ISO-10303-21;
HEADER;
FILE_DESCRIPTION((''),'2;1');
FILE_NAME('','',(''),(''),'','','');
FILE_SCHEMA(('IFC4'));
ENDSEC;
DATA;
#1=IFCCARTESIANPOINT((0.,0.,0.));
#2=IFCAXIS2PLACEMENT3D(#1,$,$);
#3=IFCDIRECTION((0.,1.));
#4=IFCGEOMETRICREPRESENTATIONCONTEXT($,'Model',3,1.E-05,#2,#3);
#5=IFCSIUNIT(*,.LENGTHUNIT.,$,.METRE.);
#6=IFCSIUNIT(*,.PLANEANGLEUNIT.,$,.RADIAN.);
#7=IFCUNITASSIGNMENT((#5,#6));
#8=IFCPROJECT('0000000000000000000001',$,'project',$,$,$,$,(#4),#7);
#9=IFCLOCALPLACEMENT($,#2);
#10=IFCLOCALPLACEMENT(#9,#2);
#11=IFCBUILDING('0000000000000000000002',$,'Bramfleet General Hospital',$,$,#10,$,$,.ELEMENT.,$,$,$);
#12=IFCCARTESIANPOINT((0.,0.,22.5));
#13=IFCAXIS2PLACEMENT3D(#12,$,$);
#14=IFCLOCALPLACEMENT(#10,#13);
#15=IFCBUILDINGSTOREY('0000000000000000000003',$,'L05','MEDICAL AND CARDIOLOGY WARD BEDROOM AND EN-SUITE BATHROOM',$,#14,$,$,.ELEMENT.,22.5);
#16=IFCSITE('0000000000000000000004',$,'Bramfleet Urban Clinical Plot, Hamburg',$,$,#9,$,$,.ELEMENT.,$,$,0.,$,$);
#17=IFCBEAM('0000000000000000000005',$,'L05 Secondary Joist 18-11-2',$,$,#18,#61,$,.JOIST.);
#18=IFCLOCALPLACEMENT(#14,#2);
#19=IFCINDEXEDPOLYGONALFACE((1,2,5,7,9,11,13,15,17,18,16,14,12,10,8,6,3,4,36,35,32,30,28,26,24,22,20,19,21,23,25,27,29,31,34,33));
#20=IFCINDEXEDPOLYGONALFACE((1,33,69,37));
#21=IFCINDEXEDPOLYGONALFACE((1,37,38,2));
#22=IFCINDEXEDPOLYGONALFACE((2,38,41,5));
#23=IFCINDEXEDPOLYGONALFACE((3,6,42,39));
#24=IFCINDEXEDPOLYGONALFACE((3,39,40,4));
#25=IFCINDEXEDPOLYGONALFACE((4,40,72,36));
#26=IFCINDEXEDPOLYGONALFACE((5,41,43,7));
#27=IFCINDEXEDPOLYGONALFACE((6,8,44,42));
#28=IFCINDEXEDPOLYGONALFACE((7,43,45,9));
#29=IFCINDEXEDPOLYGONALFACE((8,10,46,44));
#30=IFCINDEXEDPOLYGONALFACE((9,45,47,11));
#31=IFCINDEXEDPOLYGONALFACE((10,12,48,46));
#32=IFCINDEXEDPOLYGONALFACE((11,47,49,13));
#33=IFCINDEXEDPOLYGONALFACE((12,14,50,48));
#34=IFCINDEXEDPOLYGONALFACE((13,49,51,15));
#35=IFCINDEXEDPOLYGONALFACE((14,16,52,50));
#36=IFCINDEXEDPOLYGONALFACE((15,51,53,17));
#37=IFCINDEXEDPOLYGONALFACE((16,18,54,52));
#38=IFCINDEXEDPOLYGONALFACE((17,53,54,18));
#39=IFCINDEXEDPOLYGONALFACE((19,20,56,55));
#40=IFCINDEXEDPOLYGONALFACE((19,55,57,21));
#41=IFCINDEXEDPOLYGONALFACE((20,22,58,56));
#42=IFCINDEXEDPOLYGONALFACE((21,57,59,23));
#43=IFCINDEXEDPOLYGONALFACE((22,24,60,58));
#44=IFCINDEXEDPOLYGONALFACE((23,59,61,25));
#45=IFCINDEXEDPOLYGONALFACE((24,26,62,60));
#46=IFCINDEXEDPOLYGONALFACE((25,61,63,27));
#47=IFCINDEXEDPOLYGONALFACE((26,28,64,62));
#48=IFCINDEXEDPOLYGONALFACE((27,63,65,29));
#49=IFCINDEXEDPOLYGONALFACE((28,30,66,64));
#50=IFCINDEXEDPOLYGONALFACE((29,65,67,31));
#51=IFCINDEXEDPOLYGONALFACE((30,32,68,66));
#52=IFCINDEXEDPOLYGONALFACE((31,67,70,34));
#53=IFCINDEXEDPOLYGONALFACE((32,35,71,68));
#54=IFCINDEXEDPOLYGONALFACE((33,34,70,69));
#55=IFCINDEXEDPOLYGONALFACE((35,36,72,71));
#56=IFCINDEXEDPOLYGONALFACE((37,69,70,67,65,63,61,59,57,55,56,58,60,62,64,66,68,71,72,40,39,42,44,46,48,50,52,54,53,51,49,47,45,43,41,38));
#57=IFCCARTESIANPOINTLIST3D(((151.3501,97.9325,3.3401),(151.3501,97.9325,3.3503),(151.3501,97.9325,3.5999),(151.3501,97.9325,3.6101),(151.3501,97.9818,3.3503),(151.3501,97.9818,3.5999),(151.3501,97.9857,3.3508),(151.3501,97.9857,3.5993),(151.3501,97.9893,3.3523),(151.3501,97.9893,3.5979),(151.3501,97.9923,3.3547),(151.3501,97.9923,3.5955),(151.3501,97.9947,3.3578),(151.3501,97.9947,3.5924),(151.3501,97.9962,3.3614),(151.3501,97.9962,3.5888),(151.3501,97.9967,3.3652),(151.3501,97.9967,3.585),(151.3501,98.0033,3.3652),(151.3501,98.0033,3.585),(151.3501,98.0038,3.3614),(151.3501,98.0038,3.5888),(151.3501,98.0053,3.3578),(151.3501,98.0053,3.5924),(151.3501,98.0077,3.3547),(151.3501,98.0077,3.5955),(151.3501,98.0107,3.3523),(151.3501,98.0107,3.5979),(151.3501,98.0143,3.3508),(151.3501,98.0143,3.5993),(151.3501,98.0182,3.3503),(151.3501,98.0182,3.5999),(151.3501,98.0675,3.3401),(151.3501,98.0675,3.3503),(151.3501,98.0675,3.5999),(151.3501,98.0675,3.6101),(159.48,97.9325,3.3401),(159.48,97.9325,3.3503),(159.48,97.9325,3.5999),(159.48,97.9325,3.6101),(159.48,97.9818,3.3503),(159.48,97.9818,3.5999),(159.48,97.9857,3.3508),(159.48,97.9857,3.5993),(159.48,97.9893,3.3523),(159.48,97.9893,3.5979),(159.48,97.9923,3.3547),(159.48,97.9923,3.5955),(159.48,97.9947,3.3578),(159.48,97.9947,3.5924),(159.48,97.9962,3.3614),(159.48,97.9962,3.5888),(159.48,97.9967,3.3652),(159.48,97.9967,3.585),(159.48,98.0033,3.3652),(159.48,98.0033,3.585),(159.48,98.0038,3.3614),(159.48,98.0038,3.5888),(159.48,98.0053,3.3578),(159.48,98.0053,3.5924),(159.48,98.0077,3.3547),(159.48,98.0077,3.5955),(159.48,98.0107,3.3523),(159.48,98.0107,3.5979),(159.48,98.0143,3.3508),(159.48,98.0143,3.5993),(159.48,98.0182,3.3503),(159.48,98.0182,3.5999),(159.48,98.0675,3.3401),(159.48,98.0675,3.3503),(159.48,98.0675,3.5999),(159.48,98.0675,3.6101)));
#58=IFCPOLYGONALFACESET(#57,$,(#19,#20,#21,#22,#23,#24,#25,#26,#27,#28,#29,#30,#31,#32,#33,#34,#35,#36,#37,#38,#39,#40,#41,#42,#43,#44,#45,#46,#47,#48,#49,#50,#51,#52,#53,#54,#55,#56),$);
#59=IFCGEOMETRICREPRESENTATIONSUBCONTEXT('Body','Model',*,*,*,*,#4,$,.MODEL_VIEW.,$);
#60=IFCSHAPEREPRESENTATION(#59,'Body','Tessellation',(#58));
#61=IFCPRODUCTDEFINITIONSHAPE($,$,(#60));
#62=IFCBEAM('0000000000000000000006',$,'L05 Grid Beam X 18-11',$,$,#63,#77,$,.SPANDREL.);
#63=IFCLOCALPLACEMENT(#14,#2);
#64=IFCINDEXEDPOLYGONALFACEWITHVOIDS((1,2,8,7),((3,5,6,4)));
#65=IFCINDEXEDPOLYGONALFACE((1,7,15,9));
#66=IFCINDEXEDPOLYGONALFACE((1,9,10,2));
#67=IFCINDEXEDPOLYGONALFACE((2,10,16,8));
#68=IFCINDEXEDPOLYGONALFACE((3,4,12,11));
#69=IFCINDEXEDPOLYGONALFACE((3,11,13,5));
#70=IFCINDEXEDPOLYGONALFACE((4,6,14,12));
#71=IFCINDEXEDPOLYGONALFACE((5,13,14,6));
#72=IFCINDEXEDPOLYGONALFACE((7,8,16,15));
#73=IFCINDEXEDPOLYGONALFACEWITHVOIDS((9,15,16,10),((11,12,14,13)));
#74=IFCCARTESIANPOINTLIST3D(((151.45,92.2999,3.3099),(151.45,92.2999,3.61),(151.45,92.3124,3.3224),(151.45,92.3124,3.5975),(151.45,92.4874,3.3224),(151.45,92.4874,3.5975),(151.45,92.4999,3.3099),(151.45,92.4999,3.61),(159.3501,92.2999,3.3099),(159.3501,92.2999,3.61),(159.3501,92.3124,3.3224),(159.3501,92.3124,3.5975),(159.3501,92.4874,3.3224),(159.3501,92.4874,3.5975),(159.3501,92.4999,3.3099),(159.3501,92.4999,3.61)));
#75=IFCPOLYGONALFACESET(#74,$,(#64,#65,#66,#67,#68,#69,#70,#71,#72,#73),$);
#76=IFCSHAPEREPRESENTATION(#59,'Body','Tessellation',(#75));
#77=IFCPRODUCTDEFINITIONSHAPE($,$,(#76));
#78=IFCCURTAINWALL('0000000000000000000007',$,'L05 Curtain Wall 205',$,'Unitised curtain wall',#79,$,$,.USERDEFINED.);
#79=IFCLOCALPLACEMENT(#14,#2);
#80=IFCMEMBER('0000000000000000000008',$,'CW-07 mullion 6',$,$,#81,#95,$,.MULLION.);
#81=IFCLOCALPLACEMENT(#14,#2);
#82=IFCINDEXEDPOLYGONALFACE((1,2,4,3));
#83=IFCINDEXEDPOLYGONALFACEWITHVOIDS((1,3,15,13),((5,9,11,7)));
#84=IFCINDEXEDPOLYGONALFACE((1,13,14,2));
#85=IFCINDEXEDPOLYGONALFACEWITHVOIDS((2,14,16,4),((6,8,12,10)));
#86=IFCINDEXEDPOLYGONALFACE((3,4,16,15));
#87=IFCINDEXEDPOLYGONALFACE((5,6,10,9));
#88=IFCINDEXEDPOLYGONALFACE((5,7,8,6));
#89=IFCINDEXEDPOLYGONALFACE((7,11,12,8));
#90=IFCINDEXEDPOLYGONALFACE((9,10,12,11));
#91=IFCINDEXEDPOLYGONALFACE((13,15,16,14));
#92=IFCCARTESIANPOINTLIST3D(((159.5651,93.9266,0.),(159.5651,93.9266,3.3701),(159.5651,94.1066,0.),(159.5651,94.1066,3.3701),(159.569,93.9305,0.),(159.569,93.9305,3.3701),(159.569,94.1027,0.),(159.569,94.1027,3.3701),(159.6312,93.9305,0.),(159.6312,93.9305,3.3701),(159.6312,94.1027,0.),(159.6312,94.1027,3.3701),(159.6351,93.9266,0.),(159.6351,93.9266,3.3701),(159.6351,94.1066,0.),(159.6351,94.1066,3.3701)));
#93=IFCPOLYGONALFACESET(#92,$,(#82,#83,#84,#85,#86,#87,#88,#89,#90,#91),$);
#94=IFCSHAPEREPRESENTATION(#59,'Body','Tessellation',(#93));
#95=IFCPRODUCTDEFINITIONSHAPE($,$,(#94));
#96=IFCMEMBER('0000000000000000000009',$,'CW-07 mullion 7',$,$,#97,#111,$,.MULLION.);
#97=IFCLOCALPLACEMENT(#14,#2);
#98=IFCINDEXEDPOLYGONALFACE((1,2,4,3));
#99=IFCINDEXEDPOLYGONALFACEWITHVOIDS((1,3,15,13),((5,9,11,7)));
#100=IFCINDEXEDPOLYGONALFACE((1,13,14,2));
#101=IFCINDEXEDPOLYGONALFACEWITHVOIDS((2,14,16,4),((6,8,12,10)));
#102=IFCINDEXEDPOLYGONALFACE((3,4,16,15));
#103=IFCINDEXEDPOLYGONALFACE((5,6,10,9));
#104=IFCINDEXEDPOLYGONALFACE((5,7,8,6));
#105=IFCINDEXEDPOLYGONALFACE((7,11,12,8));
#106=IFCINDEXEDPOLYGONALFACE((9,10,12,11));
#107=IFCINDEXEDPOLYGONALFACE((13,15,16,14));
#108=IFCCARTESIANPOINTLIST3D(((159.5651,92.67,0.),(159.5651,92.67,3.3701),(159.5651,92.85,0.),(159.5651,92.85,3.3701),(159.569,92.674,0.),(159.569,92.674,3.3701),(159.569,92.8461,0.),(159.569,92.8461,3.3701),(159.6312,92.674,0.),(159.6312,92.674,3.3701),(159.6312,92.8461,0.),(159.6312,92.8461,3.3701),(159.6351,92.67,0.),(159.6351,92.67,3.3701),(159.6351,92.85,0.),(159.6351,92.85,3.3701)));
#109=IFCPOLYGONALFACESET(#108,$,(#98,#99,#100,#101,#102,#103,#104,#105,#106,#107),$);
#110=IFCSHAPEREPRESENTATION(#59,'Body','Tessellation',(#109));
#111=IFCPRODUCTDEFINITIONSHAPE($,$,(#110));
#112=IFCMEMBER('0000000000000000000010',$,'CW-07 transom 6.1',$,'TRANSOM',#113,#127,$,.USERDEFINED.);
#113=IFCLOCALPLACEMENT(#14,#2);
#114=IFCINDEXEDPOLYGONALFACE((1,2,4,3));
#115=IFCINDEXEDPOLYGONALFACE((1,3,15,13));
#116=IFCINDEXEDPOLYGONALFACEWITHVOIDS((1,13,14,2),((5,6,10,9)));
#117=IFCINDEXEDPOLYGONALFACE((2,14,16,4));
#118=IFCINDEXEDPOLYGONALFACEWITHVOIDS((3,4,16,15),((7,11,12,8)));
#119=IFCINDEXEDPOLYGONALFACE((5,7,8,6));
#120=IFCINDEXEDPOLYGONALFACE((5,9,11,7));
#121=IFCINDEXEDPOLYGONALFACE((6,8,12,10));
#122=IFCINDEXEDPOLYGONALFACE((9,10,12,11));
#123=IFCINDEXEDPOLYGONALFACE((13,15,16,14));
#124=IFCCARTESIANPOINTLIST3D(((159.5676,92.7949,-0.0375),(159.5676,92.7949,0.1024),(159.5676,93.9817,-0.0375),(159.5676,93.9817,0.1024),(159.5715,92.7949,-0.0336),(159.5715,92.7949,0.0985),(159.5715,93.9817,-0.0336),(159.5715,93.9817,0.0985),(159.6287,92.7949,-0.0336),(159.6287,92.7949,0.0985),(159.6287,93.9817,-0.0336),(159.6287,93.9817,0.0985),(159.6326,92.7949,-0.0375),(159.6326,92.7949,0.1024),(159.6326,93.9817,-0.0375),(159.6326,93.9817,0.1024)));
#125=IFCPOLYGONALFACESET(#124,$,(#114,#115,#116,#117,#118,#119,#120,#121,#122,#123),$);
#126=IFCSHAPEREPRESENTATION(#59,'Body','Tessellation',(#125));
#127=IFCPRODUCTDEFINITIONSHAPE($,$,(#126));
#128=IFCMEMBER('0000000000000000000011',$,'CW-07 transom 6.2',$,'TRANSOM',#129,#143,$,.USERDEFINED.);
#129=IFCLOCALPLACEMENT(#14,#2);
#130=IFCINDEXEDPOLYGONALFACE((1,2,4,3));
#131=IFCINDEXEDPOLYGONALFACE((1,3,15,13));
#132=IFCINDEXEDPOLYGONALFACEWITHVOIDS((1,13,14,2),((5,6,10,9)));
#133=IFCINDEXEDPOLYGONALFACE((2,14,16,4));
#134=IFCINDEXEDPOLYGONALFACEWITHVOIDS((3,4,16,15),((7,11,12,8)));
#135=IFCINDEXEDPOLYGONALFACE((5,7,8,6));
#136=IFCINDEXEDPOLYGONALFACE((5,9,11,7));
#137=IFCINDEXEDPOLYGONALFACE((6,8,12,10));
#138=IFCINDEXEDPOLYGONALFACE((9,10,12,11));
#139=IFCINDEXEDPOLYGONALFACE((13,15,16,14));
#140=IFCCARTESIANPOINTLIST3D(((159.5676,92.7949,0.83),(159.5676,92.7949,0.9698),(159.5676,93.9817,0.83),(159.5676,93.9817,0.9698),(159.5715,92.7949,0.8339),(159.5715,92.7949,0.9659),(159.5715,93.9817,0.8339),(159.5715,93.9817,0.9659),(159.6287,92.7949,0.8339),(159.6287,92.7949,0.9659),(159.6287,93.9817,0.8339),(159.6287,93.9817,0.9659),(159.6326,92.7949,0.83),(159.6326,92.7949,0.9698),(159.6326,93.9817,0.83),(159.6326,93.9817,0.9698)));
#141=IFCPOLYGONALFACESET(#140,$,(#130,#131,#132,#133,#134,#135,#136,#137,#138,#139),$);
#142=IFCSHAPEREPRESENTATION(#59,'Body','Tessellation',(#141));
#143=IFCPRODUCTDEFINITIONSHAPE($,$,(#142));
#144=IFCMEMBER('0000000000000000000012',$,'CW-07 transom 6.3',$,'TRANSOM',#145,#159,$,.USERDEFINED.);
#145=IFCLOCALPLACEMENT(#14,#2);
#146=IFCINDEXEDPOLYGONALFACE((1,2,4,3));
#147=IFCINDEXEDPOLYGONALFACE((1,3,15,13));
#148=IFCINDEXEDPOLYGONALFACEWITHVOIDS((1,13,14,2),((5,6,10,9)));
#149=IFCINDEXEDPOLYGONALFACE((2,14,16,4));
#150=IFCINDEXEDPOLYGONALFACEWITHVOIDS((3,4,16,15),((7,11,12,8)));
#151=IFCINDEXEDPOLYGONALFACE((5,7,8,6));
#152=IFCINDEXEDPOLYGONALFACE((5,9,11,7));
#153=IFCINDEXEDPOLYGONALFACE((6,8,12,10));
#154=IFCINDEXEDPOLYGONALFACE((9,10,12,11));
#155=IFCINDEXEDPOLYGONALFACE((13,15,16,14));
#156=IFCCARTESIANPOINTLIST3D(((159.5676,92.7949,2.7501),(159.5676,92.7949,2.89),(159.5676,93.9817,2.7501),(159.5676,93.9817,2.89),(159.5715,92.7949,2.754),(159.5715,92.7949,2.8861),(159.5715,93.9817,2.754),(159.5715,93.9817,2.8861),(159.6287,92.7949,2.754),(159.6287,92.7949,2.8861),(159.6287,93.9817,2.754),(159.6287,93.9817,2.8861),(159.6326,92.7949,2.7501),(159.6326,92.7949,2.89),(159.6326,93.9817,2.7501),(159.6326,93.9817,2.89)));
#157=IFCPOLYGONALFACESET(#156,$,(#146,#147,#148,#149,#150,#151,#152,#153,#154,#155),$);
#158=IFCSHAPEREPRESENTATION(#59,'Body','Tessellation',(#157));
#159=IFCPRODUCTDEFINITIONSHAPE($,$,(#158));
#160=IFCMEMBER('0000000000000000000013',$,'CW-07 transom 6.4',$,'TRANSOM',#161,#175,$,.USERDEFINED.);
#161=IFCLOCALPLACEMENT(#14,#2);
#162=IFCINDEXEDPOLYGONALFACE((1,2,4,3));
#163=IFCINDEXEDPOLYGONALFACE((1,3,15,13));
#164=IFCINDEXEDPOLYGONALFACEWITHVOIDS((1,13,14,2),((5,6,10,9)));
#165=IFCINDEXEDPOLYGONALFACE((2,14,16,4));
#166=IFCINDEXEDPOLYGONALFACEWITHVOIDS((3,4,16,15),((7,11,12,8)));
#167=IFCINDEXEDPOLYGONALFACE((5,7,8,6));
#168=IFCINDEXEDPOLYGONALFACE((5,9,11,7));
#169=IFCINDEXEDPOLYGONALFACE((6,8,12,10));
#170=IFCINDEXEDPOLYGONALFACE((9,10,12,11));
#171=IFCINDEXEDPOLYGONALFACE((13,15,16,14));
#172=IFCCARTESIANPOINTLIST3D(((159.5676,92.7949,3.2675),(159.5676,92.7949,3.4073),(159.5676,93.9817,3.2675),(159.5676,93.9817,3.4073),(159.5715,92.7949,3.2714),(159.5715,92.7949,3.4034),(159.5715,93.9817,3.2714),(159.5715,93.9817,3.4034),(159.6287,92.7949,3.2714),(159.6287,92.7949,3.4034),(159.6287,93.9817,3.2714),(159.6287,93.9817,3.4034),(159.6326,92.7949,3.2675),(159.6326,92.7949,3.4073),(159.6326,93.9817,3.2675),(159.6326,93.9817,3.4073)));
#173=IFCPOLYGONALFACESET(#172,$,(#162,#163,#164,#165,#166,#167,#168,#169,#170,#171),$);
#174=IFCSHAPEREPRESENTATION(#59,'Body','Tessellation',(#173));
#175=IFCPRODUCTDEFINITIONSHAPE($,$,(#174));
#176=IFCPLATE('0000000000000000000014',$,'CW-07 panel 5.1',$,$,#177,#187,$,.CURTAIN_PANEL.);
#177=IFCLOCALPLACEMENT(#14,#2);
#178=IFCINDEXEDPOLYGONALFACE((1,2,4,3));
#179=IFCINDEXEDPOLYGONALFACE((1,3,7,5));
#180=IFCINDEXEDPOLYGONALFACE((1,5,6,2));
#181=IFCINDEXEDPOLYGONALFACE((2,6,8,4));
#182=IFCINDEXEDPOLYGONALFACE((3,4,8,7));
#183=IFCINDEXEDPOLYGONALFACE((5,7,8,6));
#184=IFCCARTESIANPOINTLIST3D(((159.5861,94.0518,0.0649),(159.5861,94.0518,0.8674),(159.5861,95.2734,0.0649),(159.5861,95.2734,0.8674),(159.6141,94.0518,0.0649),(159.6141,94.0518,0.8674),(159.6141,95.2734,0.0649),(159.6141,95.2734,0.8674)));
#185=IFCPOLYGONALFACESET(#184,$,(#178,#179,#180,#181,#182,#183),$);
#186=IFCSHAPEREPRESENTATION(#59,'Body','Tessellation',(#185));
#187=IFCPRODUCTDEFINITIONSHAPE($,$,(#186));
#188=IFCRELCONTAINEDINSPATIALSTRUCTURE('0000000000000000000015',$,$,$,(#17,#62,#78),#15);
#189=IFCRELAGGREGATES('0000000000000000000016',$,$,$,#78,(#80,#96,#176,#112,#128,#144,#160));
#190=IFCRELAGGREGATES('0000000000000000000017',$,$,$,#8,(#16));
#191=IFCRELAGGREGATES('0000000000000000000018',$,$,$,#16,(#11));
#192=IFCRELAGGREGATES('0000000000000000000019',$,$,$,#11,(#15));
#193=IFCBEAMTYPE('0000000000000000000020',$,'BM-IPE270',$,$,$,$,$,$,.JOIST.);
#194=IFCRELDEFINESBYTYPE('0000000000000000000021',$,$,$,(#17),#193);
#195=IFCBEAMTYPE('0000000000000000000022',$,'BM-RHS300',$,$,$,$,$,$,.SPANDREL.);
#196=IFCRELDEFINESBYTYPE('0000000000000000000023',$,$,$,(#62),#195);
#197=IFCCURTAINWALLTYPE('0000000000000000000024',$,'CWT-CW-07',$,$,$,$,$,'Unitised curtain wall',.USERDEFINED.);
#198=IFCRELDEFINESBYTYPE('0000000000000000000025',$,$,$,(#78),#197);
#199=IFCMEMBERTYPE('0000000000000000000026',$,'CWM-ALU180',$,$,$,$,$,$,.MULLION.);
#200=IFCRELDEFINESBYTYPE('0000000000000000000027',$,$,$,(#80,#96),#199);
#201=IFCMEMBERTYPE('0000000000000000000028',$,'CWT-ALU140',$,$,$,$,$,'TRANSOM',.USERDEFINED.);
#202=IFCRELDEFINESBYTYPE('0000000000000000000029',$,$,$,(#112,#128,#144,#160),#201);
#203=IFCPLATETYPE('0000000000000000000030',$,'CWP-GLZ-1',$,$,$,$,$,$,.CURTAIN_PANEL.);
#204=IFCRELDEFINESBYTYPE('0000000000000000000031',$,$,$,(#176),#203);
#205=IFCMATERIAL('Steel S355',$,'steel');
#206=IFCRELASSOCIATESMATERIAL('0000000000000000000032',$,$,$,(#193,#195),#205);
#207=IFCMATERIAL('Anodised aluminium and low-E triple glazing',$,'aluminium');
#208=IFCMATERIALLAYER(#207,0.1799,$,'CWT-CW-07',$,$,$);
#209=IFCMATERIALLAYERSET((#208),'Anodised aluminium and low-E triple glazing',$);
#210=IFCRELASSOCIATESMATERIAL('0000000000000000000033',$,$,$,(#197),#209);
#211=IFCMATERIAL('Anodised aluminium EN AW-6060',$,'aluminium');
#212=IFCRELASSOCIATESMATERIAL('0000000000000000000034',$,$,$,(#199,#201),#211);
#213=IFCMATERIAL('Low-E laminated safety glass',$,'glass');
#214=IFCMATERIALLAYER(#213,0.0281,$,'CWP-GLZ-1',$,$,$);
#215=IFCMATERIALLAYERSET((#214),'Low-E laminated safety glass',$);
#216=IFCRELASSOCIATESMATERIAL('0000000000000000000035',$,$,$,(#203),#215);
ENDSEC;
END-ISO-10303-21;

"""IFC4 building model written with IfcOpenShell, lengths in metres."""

from ifc_helpers import new_model, si_unit, direction, frame, origin, origin_2d, place, context, subcontext, project, spatial, rectangle, hollow_rectangle, i_section, extrude, material, layer, layer_set, material_profile, profile_set, type_object, element, aggregate, save


model = new_model("IFC4")

# Units and contexts
model_context = context("Model", 3, precision=1e-05, world=origin(), true_north=direction((0.0, 1.0)))
body_context = subcontext(model_context, "Body", "Model", "MODEL_VIEW")
ifc_project = project(units=[si_unit("LENGTHUNIT", "METRE"), si_unit("PLANEANGLEUNIT", "RADIAN")], contexts=[model_context])

# Site, building, storey
site_placement = place(None, origin())
site = spatial("IfcSite", under=ifc_project, at=site_placement, Name="Bramfleet Urban Clinical Plot, Hamburg", CompositionType="ELEMENT", RefElevation=0.0)
building_placement = place(site_placement, origin())
building = spatial("IfcBuilding", under=site, at=building_placement, Name="Bramfleet General Hospital", CompositionType="ELEMENT")
storey_placement = place(building_placement, frame((0.0, 0.0, 22.5)))
storey = spatial("IfcBuildingStorey", under=building, at=storey_placement, Name="L05", Description="MEDICAL AND CARDIOLOGY WARD BEDROOM AND EN-SUITE BATHROOM", CompositionType="ELEMENT", Elevation=22.5)

# Beams
ifc_material_1 = material(Name="Steel S355", Category="steel")
ifc_material_profile_1 = material_profile(ifc_material_1, i_section(OverallWidth=0.135, OverallDepth=0.27, WebThickness=0.0066, FlangeThickness=0.0103, FilletRadius=0.0149, at=origin_2d()), Name="IPE 270")
ifc_profile_set_1 = profile_set([ifc_material_profile_1], Name="Steel S355")
beam_type_1 = type_object("IfcBeamType", Name="BM-IPE270", PredefinedType="JOIST", material=ifc_profile_set_1)
for number, where, z_axis, x_axis, name in (
    (1, (151.3501, 98.0, 3.4751), (1.0, 0.0, 0.0), (0.0, 1.0, 0.0), "L05 Secondary Joist 18-11-2"),
):
    element("IfcBeam", number, at=place(storey_placement, frame(where, z_axis=z_axis, x_axis=x_axis)), inside=storey, type_object=beam_type_1, Name=name, PredefinedType="JOIST", context=body_context, shape_type="SweptSolid", body=[
        extrude(i_section(OverallWidth=0.135, OverallDepth=0.27, WebThickness=0.0066, FlangeThickness=0.0103, FilletRadius=0.0149, at=origin_2d()), origin(), (0.0, 0.0, 1.0), 8.1299),
    ])
ifc_material_profile_2 = material_profile(ifc_material_1, hollow_rectangle(XDim=0.2, YDim=0.3, WallThickness=0.0125, at=origin_2d()), Name="RHS 300x200x12.5")
ifc_profile_set_2 = profile_set([ifc_material_profile_2], Name="Steel S355")
beam_type_2 = type_object("IfcBeamType", Name="BM-RHS300", PredefinedType="SPANDREL", material=ifc_profile_set_2)
beam_1_placement = place(storey_placement, frame((151.45, 92.3999, 3.46), z_axis=(1.0, 0.0, 0.0), x_axis=(0.0, 1.0, 0.0)))
element("IfcBeam", 2, at=beam_1_placement, inside=storey, type_object=beam_type_2, Name="L05 Grid Beam X 18-11", PredefinedType="SPANDREL", context=body_context, shape_type="SweptSolid", body=[
    extrude(hollow_rectangle(XDim=0.2, YDim=0.3, WallThickness=0.0125, at=origin_2d()), origin(), (0.0, 0.0, 1.0), 7.9001),
])

# Curtain wall, members, plate
ifc_material_2 = material(Name="Anodised aluminium and low-E triple glazing", Category="aluminium")
ifc_layer_1 = layer(ifc_material_2, 0.1799, Name="CWT-CW-07")
ifc_layer_set_1 = layer_set([ifc_layer_1], Name="Anodised aluminium and low-E triple glazing")
curtain_wall_type = type_object("IfcCurtainWallType", Name="CWT-CW-07", ElementType="Unitised curtain wall", PredefinedType="USERDEFINED", material=ifc_layer_set_1)
curtain_wall_placement = place(storey_placement, origin())
curtain_wall = element("IfcCurtainWall", 3, at=curtain_wall_placement, inside=storey, type_object=curtain_wall_type, Name="L05 Curtain Wall 205", ObjectType="Unitised curtain wall", PredefinedType="USERDEFINED")
ifc_material_3 = material(Name="Anodised aluminium EN AW-6060", Category="aluminium")
ifc_material_profile_3 = material_profile(ifc_material_3, hollow_rectangle(XDim=0.0701, YDim=0.1799, WallThickness=0.0039, at=origin_2d()), Name="ALU 180x70x4.0")
ifc_profile_set_3 = profile_set([ifc_material_profile_3], Name="Anodised aluminium EN AW-6060")
member_type_1 = type_object("IfcMemberType", Name="CWM-ALU180", PredefinedType="MULLION", material=ifc_profile_set_3)
member_1_placement = place(storey_placement, frame((159.6001, 94.0166, 0.0), z_axis=(0.0, 0.0, 1.0), x_axis=(1.0, 0.0, 0.0)))
member_1 = element("IfcMember", 4, at=member_1_placement, type_object=member_type_1, Name="CW-07 mullion 6", PredefinedType="MULLION", context=body_context, shape_type="SweptSolid", body=[
    extrude(hollow_rectangle(XDim=0.0701, YDim=0.1799, WallThickness=0.0039, at=origin_2d()), origin(), (0.0, 0.0, 1.0), 3.3701),
])
member_2_placement = place(storey_placement, frame((159.6001, 92.76, 0.0), z_axis=(0.0, 0.0, 1.0), x_axis=(1.0, 0.0, 0.0)))
member_2 = element("IfcMember", 5, at=member_2_placement, type_object=member_type_1, Name="CW-07 mullion 7", PredefinedType="MULLION", context=body_context, shape_type="SweptSolid", body=[
    extrude(hollow_rectangle(XDim=0.0701, YDim=0.1799, WallThickness=0.0039, at=origin_2d()), origin(), (0.0, 0.0, 1.0), 3.3701),
])
ifc_material_profile_4 = material_profile(ifc_material_3, hollow_rectangle(XDim=0.0649, YDim=0.1399, WallThickness=0.0039, at=origin_2d()), Name="ALU 140x65x4.0")
ifc_profile_set_4 = profile_set([ifc_material_profile_4], Name="Anodised aluminium EN AW-6060")
member_type_2 = type_object("IfcMemberType", Name="CWT-ALU140", ElementType="TRANSOM", PredefinedType="USERDEFINED", material=ifc_profile_set_4)
member_3_placement = place(storey_placement, frame((159.6001, 93.9817, 0.0325), z_axis=(0.0, -1.0, 0.0), x_axis=(1.0, 0.0, 0.0)))
member_3 = element("IfcMember", 6, at=member_3_placement, type_object=member_type_2, Name="CW-07 transom 6.1", ObjectType="TRANSOM", PredefinedType="USERDEFINED", context=body_context, shape_type="SweptSolid", body=[
    extrude(hollow_rectangle(XDim=0.0649, YDim=0.1399, WallThickness=0.0039, at=origin_2d()), origin(), (0.0, 0.0, 1.0), 1.1868),
])
member_4_placement = place(storey_placement, frame((159.6001, 93.9817, 0.8999), z_axis=(0.0, -1.0, 0.0), x_axis=(1.0, 0.0, 0.0)))
member_4 = element("IfcMember", 7, at=member_4_placement, type_object=member_type_2, Name="CW-07 transom 6.2", ObjectType="TRANSOM", PredefinedType="USERDEFINED", context=body_context, shape_type="SweptSolid", body=[
    extrude(hollow_rectangle(XDim=0.0649, YDim=0.1399, WallThickness=0.0039, at=origin_2d()), origin(), (0.0, 0.0, 1.0), 1.1868),
])
member_5_placement = place(storey_placement, frame((159.6001, 93.9817, 2.8201), z_axis=(0.0, -1.0, 0.0), x_axis=(1.0, 0.0, 0.0)))
member_5 = element("IfcMember", 8, at=member_5_placement, type_object=member_type_2, Name="CW-07 transom 6.3", ObjectType="TRANSOM", PredefinedType="USERDEFINED", context=body_context, shape_type="SweptSolid", body=[
    extrude(hollow_rectangle(XDim=0.0649, YDim=0.1399, WallThickness=0.0039, at=origin_2d()), origin(), (0.0, 0.0, 1.0), 1.1868),
])
member_6_placement = place(storey_placement, frame((159.6001, 93.9817, 3.3374), z_axis=(0.0, -1.0, 0.0), x_axis=(1.0, 0.0, 0.0)))
member_6 = element("IfcMember", 9, at=member_6_placement, type_object=member_type_2, Name="CW-07 transom 6.4", ObjectType="TRANSOM", PredefinedType="USERDEFINED", context=body_context, shape_type="SweptSolid", body=[
    extrude(hollow_rectangle(XDim=0.0649, YDim=0.1399, WallThickness=0.0039, at=origin_2d()), origin(), (0.0, 0.0, 1.0), 1.1868),
])
ifc_material_4 = material(Name="Low-E laminated safety glass", Category="glass")
ifc_layer_2 = layer(ifc_material_4, 0.0281, Name="CWP-GLZ-1")
ifc_layer_set_2 = layer_set([ifc_layer_2], Name="Low-E laminated safety glass")
plate_type = type_object("IfcPlateType", Name="CWP-GLZ-1", PredefinedType="CURTAIN_PANEL", material=ifc_layer_set_2)
plate_1_placement = place(storey_placement, frame((159.6001, 94.6626, 0.0649), z_axis=(0.0, 0.0, 1.0), x_axis=(0.0, -1.0, 0.0)))
plate_1 = element("IfcPlate", 10, at=plate_1_placement, type_object=plate_type, Name="CW-07 panel 5.1", PredefinedType="CURTAIN_PANEL", context=body_context, shape_type="SweptSolid", body=[
    extrude(rectangle(XDim=1.2217, YDim=0.0281, at=origin_2d()), origin(), (0.0, 0.0, 1.0), 0.8025),
])
aggregate(curtain_wall, [member_1, member_2, plate_1, member_3, member_4, member_5, member_6])

save(model, "model.ifc")
